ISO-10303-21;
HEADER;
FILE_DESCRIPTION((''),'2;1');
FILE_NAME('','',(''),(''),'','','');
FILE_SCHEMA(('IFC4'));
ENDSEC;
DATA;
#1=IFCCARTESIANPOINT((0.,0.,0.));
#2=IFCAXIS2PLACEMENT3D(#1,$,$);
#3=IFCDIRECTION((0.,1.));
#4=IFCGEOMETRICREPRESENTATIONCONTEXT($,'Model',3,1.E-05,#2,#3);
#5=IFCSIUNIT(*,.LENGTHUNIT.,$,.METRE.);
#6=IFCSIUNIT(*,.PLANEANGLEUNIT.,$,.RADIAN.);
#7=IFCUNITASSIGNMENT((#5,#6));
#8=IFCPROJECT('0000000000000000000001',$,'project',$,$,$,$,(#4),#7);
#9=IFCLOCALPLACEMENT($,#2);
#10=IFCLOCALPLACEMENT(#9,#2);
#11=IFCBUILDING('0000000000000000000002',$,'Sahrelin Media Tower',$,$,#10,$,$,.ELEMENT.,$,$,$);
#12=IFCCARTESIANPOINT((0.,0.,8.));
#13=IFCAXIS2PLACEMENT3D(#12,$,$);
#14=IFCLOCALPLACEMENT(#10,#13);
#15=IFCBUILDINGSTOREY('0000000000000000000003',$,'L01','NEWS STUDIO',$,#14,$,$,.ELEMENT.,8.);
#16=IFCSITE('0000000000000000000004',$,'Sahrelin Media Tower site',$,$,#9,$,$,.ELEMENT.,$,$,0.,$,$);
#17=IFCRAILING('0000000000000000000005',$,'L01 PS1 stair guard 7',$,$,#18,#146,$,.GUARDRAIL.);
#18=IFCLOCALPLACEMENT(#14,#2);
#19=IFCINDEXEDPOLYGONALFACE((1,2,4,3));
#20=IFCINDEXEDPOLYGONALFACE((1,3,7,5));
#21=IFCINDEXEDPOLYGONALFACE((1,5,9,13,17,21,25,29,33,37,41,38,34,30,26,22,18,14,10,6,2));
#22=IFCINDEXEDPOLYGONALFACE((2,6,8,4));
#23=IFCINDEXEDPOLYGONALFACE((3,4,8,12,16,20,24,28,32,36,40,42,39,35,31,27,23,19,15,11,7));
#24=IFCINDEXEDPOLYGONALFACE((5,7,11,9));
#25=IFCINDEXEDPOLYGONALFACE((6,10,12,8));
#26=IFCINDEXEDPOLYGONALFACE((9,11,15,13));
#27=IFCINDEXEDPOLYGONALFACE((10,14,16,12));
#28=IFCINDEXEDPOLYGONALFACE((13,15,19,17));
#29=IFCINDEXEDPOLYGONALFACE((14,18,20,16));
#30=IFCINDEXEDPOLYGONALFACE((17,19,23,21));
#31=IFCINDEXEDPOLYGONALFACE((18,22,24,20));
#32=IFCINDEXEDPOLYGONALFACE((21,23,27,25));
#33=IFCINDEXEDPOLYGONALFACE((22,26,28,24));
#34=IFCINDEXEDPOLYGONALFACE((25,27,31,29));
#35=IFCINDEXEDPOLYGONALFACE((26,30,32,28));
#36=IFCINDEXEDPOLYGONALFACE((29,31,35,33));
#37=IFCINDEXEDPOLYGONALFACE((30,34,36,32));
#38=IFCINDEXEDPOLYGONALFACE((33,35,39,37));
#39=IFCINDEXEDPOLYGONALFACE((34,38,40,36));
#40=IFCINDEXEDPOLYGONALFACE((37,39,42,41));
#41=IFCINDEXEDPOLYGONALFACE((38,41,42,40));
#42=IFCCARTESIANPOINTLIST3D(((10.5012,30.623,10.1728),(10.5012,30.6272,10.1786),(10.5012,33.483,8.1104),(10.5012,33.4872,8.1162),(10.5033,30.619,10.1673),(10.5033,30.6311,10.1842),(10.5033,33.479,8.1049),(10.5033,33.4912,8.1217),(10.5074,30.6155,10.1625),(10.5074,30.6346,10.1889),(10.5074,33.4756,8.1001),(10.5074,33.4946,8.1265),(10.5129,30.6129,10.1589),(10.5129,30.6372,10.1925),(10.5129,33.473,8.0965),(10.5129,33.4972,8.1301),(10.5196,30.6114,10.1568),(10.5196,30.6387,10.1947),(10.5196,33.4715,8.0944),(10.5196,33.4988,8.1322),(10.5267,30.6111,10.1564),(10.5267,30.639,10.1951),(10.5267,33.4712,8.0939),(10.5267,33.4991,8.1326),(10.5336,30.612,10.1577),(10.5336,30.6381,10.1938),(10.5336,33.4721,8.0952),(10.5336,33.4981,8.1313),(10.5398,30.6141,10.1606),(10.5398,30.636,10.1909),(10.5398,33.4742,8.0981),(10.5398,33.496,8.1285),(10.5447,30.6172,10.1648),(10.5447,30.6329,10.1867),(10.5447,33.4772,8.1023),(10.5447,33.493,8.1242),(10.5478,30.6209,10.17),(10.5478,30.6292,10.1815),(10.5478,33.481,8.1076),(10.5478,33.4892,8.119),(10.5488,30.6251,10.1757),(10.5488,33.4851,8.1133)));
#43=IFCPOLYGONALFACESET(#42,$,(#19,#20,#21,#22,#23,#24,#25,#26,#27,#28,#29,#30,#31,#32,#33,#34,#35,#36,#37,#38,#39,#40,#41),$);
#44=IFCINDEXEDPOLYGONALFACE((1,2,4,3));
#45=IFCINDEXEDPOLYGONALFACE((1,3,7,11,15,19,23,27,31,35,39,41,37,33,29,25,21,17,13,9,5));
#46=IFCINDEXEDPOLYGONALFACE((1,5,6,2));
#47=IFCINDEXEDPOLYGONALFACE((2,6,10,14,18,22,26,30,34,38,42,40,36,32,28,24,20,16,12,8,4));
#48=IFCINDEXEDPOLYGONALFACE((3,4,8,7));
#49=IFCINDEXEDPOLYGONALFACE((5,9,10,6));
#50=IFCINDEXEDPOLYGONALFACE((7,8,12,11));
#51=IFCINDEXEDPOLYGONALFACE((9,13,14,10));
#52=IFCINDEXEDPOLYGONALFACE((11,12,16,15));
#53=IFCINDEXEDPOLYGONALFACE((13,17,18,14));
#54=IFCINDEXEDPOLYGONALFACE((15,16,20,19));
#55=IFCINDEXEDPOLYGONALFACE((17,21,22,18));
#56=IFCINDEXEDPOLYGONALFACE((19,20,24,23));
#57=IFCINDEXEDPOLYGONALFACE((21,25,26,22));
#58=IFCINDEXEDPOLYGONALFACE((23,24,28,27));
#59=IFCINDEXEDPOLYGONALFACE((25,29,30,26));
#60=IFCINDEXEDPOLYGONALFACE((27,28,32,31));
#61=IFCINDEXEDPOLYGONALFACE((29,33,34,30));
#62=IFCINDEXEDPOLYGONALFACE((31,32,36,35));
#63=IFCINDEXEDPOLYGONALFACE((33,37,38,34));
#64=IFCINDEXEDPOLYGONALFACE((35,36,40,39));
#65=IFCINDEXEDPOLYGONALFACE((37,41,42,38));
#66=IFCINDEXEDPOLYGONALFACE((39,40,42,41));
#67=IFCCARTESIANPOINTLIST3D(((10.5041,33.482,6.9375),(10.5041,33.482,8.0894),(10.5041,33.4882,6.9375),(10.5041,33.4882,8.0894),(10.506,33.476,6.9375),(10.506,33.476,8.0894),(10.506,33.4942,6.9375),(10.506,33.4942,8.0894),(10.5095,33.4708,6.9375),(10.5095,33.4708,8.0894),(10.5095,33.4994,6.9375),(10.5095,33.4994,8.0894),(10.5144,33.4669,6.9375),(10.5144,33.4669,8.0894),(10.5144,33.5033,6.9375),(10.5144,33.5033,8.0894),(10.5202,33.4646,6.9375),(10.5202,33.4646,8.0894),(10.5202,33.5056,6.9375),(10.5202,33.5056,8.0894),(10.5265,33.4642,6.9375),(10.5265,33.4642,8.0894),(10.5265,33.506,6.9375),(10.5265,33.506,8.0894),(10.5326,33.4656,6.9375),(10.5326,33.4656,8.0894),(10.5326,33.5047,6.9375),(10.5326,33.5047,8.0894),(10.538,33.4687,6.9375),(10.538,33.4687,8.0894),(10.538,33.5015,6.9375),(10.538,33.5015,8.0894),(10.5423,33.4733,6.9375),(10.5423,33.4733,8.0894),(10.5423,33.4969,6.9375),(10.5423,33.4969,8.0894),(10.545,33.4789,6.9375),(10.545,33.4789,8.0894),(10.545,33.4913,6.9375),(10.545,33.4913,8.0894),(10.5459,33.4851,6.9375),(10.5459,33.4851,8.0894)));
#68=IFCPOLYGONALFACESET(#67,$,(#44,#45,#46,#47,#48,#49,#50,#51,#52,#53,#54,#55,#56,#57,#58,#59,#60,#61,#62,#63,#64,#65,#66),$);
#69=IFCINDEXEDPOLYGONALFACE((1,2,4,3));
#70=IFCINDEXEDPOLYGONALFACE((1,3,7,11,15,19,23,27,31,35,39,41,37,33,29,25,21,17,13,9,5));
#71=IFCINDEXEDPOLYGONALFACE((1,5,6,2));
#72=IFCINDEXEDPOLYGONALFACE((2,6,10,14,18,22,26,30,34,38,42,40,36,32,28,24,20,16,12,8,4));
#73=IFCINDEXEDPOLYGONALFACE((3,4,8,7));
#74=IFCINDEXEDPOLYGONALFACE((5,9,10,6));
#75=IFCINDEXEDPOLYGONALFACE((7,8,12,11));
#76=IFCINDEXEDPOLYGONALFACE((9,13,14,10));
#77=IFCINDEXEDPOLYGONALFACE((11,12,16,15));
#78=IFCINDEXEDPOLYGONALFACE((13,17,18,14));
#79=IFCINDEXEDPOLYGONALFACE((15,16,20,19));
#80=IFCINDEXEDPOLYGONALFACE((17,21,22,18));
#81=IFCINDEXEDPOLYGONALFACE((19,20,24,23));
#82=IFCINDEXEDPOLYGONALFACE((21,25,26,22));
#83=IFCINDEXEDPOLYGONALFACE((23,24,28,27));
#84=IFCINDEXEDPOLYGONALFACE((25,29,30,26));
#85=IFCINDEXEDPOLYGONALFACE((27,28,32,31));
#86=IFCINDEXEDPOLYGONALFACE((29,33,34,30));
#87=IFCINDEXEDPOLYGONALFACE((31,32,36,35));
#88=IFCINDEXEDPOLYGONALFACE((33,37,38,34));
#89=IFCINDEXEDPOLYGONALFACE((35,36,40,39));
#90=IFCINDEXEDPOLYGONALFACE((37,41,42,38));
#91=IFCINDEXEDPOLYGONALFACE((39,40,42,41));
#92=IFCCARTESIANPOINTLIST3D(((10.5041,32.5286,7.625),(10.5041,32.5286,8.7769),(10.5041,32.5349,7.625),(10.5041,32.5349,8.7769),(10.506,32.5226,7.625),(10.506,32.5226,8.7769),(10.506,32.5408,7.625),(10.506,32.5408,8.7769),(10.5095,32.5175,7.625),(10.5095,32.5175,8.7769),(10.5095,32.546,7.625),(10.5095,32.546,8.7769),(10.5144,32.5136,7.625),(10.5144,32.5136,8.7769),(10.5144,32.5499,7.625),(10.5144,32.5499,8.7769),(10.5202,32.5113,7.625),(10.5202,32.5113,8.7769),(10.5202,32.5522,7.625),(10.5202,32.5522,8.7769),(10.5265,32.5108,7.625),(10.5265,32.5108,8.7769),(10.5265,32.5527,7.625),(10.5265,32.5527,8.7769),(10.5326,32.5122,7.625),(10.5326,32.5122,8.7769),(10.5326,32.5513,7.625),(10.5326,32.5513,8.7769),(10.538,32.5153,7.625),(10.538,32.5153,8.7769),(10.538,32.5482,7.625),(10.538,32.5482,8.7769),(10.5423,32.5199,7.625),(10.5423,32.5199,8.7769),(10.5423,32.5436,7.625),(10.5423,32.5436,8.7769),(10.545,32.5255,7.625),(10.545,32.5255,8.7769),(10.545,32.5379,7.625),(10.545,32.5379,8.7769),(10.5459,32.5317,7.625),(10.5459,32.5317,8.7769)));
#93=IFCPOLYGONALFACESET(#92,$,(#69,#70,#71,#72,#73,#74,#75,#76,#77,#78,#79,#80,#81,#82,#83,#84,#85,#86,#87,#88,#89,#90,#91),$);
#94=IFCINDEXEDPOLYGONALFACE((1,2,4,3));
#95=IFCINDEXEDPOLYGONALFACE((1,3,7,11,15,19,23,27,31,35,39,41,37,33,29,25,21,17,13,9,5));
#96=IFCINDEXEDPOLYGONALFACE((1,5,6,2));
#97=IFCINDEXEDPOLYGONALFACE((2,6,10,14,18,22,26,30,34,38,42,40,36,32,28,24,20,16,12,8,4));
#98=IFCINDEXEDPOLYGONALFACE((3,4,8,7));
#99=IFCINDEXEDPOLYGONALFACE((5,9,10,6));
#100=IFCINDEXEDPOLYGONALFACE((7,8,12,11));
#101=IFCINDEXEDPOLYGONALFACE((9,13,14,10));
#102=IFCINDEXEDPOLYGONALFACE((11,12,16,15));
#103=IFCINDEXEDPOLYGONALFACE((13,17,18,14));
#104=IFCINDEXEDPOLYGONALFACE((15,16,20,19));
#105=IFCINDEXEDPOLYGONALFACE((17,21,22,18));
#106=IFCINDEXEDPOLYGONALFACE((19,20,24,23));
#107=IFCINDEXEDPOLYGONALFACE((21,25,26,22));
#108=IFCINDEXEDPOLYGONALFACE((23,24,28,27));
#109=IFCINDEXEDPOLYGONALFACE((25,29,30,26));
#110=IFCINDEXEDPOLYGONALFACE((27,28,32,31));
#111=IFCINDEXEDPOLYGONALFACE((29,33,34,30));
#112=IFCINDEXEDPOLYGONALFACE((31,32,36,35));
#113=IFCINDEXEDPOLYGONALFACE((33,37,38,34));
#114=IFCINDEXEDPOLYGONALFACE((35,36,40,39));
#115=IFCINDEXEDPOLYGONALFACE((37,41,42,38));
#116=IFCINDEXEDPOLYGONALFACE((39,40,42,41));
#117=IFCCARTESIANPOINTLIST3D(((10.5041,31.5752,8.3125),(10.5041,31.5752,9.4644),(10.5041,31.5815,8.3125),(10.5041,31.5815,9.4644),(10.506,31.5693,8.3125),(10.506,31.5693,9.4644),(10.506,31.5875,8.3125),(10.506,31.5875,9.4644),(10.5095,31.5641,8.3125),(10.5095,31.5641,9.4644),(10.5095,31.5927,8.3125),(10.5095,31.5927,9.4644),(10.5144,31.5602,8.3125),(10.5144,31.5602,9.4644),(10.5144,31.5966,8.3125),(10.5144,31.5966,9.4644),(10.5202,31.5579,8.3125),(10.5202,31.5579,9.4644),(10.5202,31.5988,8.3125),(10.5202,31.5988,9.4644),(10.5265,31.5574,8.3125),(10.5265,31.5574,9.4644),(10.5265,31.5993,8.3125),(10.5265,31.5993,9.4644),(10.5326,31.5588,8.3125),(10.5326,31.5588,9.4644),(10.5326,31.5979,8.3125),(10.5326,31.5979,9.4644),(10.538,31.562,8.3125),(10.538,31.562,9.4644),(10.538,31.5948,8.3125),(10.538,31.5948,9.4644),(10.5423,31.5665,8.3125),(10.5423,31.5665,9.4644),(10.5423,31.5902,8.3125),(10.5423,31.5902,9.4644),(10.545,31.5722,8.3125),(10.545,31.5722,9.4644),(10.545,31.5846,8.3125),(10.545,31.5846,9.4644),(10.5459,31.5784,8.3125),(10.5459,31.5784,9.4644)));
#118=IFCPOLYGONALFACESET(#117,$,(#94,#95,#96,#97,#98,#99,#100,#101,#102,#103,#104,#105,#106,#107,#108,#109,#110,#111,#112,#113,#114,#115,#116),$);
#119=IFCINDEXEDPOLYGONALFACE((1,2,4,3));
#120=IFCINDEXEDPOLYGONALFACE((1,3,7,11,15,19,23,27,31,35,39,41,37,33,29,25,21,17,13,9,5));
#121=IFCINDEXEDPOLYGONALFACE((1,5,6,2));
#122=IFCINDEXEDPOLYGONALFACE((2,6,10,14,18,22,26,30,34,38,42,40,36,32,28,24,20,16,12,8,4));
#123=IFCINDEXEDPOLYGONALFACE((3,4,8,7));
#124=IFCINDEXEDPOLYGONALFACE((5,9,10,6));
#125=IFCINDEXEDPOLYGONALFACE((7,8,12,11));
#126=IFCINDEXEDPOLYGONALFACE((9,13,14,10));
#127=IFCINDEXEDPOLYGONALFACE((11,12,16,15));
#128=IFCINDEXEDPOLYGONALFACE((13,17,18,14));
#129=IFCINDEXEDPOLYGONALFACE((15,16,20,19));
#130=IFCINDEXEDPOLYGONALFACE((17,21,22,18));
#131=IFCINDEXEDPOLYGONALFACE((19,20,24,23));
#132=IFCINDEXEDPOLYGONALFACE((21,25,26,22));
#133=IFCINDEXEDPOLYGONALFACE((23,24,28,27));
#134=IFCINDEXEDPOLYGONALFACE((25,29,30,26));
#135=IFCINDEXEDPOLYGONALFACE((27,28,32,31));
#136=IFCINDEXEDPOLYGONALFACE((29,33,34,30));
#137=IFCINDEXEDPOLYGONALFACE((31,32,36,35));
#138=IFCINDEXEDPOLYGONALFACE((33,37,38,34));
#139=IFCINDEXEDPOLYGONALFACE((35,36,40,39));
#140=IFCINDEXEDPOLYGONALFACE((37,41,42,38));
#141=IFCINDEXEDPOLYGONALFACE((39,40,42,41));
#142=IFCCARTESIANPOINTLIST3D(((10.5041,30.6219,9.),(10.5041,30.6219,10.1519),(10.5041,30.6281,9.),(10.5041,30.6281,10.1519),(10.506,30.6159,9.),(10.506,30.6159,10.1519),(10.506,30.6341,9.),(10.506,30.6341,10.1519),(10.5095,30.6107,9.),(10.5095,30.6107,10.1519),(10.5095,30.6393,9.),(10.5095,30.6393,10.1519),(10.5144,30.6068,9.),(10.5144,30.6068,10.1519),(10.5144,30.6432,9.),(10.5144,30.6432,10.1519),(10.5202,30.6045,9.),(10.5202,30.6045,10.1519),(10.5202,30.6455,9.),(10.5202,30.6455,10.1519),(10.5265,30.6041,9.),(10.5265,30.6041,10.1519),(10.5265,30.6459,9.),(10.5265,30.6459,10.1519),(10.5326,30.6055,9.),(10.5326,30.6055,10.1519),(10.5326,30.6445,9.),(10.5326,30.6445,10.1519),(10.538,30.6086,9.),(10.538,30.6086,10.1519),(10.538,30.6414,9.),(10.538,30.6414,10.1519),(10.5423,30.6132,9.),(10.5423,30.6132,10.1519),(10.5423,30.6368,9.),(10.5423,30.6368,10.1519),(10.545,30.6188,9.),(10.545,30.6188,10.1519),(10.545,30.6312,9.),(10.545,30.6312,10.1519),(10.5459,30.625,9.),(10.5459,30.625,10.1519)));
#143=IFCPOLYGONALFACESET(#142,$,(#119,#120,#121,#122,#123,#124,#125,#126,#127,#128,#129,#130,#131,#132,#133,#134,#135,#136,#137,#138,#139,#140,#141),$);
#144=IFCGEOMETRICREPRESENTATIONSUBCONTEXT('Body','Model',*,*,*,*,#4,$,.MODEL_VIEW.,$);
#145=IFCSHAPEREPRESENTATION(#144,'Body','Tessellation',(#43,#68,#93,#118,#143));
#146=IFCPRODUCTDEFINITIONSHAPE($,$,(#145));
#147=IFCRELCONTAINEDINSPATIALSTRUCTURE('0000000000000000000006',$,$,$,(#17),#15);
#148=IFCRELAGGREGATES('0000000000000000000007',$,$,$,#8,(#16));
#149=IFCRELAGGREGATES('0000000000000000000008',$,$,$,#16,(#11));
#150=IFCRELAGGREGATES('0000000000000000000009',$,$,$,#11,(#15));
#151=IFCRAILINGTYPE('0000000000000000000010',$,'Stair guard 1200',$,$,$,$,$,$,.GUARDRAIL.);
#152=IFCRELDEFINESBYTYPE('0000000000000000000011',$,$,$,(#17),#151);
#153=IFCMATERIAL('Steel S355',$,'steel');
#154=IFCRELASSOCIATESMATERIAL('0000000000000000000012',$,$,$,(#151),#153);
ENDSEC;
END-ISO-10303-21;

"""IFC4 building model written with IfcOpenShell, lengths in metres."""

from ifc_helpers import new_model, si_unit, direction, frame, origin, origin_2d, place, context, subcontext, project, spatial, circle, extrude, material, type_object, element, save


model = new_model("IFC4")

# Units and contexts
model_context = context("Model", 3, precision=1e-05, world=origin(), true_north=direction((0.0, 1.0)))
body_context = subcontext(model_context, "Body", "Model", "MODEL_VIEW")
ifc_project = project(units=[si_unit("LENGTHUNIT", "METRE"), si_unit("PLANEANGLEUNIT", "RADIAN")], contexts=[model_context])

# Site, building, storey
site_placement = place(None, origin())
site = spatial("IfcSite", under=ifc_project, at=site_placement, Name="Sahrelin Media Tower site", CompositionType="ELEMENT", RefElevation=0.0)
building_placement = place(site_placement, origin())
building = spatial("IfcBuilding", under=site, at=building_placement, Name="Sahrelin Media Tower", CompositionType="ELEMENT")
storey_placement = place(building_placement, frame((0.0, 0.0, 8.0)))
storey = spatial("IfcBuildingStorey", under=building, at=storey_placement, Name="L01", Description="NEWS STUDIO", CompositionType="ELEMENT", Elevation=8.0)

# Shared definitions
ifc_material_1 = material(Name="Steel S355", Category="steel")

# Railing
railing_type = type_object("IfcRailingType", Name="Stair guard 1200", PredefinedType="GUARDRAIL", material=ifc_material_1)
railing_1_placement = place(storey_placement, frame((10.5249, 33.4851, 6.9375)))
element("IfcRailing", 1, at=railing_1_placement, inside=storey, type_object=railing_type, Name="L01 PS1 stair guard 7", PredefinedType="GUARDRAIL", context=body_context, shape_type="SweptSolid", body=[
    extrude(circle(Radius=0.0239, at=origin_2d()), frame((0.0, 0.0, 1.1758), z_axis=(0.0, -0.811101, 0.584906), x_axis=(1.0, 0.0, 0.0)), (0.0, 0.0, 1.0), 3.5261),
    extrude(circle(Radius=0.021, at=origin_2d()), origin(), (0.0, 0.0, 1.0), 1.1519),
    extrude(circle(Radius=0.021, at=origin_2d()), frame((0.0, -0.9534, 0.6875)), (0.0, 0.0, 1.0), 1.1519),
    extrude(circle(Radius=0.021, at=origin_2d()), frame((0.0, -1.9067, 1.375)), (0.0, 0.0, 1.0), 1.1519),
    extrude(circle(Radius=0.021, at=origin_2d()), frame((0.0, -2.8601, 2.0625)), (0.0, 0.0, 1.0), 1.1519),
])

save(model, "model.ifc")
